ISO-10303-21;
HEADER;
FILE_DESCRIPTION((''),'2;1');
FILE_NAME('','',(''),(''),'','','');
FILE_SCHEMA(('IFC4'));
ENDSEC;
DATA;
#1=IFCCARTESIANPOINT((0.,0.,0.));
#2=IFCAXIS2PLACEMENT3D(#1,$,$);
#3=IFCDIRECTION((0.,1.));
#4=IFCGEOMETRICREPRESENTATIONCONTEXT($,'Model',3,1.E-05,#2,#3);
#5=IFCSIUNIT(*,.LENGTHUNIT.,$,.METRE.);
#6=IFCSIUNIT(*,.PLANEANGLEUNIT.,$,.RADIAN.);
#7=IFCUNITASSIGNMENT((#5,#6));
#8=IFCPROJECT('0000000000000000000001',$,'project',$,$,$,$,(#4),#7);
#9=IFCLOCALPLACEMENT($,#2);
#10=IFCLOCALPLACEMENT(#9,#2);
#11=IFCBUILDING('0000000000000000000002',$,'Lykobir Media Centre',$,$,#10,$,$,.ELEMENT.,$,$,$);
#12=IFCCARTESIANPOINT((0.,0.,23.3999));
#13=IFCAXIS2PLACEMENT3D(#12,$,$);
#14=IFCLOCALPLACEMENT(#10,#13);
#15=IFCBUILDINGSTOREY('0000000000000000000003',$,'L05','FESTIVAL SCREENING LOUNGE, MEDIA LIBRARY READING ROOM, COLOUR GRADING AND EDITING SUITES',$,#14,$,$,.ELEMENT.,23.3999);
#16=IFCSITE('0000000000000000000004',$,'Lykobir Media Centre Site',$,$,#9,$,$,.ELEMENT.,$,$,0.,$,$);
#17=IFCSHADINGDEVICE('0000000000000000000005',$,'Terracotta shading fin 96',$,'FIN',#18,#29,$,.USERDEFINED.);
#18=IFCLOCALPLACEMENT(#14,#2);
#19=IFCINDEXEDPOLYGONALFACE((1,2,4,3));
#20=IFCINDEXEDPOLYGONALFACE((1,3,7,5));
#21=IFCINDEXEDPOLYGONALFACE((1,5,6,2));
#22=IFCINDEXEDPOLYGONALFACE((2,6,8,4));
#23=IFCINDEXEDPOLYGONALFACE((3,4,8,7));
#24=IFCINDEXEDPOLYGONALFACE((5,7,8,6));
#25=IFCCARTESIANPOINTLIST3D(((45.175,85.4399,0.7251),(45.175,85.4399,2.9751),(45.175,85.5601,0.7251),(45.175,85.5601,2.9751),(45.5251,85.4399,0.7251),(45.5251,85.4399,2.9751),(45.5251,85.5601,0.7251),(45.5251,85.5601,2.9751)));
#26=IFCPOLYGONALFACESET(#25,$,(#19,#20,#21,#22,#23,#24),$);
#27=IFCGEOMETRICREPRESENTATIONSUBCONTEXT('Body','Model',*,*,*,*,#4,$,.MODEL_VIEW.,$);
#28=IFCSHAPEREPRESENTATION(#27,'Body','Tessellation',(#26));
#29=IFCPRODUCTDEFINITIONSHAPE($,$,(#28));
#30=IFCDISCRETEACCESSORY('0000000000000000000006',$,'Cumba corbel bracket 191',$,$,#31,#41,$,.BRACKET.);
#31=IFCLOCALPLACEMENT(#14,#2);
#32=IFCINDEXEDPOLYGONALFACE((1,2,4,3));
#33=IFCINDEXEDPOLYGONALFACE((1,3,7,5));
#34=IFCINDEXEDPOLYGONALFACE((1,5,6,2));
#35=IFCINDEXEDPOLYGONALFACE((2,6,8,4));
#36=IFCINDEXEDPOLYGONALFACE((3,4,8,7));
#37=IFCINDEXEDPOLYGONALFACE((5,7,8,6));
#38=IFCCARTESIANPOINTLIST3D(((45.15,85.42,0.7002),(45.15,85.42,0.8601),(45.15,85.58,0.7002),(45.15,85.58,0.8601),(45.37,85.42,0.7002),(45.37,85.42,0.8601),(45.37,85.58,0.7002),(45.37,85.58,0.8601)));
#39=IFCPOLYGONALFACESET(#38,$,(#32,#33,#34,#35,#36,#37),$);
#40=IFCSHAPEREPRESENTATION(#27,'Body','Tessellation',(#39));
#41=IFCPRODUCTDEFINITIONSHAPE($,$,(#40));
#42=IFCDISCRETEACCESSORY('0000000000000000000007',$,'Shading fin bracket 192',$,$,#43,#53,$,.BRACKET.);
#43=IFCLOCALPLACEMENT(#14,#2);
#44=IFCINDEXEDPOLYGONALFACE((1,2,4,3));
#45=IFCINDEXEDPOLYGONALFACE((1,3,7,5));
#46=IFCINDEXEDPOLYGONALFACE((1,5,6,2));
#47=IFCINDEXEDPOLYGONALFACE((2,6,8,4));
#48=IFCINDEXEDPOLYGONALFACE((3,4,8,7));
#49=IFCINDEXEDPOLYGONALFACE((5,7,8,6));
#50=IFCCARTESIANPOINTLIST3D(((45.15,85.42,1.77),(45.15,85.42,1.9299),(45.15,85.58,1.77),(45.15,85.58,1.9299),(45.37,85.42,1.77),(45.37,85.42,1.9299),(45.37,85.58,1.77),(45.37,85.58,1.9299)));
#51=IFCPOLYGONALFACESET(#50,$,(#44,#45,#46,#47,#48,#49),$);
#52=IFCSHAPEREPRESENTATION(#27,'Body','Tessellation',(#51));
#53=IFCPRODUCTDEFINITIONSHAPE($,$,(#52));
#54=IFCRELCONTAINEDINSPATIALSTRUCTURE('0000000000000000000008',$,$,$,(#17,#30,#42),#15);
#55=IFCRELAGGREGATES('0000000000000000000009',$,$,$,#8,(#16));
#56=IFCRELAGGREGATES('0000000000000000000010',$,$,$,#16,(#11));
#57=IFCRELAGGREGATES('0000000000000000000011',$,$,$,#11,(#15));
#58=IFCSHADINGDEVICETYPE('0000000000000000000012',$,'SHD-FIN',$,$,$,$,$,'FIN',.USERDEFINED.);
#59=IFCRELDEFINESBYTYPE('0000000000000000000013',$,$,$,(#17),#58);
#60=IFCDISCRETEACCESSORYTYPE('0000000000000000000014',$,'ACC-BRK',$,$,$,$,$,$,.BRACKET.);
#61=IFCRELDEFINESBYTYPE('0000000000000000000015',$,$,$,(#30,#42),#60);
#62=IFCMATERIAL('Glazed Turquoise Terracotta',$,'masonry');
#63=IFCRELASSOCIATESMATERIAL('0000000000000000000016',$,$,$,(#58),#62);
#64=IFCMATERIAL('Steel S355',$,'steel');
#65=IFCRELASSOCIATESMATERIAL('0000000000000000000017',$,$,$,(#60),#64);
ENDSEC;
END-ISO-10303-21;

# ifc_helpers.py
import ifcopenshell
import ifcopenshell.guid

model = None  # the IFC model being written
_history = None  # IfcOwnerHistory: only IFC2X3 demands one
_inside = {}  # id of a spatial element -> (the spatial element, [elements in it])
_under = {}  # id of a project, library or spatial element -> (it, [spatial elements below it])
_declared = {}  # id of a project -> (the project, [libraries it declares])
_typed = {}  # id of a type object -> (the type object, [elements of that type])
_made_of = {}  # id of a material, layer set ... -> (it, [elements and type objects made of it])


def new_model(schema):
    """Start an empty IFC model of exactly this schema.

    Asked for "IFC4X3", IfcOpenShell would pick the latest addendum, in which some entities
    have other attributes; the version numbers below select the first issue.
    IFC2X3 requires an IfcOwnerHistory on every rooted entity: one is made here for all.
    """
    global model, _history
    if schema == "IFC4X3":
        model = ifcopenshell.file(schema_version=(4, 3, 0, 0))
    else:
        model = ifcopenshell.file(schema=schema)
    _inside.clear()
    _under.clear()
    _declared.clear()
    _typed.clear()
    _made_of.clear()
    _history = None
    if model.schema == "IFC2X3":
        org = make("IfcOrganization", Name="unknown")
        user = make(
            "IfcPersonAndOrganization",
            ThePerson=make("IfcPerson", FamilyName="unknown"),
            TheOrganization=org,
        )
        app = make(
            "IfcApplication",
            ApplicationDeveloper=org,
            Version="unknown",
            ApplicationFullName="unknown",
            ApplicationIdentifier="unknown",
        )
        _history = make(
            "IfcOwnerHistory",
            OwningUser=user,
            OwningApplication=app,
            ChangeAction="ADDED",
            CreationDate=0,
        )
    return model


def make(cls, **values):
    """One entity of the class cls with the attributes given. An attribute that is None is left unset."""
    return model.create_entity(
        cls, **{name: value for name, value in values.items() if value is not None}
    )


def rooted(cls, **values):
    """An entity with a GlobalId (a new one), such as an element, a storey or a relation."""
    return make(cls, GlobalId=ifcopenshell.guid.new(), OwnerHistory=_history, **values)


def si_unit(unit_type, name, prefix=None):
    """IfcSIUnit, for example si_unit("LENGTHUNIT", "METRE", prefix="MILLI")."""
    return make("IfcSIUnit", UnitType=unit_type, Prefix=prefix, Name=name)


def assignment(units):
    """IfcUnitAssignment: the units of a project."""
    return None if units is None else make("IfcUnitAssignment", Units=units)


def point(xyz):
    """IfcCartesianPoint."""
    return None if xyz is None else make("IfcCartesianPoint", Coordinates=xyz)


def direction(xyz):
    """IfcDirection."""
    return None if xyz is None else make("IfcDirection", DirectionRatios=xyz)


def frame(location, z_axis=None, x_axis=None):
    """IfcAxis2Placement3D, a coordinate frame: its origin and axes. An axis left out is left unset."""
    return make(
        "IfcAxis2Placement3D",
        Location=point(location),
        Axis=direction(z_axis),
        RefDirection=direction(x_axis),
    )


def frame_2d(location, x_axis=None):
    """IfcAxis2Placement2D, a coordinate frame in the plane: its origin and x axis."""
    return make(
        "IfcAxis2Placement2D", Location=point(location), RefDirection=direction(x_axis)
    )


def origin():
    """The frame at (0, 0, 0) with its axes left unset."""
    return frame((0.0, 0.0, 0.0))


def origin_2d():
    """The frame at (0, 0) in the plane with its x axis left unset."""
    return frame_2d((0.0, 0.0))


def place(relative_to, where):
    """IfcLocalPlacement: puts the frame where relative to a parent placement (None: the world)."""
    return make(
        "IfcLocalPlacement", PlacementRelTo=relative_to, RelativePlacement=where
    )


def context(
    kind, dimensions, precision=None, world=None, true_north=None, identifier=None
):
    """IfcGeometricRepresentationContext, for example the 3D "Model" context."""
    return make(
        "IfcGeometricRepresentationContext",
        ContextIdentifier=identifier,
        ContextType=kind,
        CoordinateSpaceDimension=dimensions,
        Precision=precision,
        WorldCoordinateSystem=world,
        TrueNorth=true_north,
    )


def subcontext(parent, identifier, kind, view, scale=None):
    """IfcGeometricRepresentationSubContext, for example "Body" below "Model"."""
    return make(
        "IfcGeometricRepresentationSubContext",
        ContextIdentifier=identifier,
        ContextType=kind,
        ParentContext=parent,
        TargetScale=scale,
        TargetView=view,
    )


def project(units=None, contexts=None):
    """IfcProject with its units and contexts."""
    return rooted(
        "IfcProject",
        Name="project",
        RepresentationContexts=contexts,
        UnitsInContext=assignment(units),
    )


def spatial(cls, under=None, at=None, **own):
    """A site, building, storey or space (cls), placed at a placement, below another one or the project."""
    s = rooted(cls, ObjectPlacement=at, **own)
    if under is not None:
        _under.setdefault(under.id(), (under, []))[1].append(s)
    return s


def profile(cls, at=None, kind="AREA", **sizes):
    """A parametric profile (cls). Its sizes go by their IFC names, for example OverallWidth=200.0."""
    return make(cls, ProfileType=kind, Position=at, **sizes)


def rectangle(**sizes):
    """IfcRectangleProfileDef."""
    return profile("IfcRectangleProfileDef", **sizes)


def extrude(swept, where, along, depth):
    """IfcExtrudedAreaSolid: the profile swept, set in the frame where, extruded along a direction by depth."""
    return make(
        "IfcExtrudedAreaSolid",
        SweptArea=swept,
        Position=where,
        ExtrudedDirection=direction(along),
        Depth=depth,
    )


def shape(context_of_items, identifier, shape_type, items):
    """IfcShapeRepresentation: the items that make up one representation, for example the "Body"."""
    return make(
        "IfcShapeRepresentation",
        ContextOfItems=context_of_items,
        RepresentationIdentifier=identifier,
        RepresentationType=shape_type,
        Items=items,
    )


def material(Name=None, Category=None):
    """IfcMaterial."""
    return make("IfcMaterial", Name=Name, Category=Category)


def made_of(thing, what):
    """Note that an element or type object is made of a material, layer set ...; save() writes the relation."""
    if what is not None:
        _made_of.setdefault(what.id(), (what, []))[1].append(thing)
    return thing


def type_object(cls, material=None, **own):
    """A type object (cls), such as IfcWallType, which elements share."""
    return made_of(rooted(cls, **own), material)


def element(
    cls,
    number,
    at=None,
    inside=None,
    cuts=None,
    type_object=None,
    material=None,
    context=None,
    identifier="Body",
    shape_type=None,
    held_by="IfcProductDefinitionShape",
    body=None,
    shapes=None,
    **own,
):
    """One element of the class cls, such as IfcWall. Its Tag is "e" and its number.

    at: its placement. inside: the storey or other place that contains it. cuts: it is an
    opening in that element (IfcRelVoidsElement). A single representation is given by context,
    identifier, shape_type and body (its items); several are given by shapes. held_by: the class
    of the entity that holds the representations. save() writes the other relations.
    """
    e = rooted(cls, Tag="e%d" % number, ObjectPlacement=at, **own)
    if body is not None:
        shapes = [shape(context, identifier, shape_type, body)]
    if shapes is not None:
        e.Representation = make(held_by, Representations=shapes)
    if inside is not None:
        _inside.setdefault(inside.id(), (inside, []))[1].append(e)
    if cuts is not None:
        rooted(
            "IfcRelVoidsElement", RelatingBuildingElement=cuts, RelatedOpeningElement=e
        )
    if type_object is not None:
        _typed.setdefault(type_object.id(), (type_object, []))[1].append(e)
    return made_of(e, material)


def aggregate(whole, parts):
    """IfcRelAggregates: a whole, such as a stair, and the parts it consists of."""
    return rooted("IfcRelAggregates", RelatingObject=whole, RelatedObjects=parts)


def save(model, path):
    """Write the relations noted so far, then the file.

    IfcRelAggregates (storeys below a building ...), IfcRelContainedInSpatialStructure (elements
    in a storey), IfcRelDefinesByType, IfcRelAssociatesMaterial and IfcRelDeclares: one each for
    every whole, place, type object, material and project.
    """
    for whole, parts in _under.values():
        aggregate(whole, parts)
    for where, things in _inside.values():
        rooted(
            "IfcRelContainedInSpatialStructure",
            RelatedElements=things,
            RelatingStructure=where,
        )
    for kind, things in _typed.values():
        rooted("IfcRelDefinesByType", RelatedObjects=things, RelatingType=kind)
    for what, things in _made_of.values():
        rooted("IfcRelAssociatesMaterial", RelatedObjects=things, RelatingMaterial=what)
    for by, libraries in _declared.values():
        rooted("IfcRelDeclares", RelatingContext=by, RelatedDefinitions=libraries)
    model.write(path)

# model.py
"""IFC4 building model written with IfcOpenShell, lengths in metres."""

from ifc_helpers import new_model, si_unit, direction, frame, origin, origin_2d, place, context, subcontext, project, spatial, rectangle, extrude, material, type_object, element, save


model = new_model("IFC4")

# Units and contexts
model_context = context("Model", 3, precision=1e-05, world=origin(), true_north=direction((0.0, 1.0)))
body_context = subcontext(model_context, "Body", "Model", "MODEL_VIEW")
ifc_project = project(units=[si_unit("LENGTHUNIT", "METRE"), si_unit("PLANEANGLEUNIT", "RADIAN")], contexts=[model_context])

# Site, building, storey
site_placement = place(None, origin())
site = spatial("IfcSite", under=ifc_project, at=site_placement, Name="Lykobir Media Centre Site", CompositionType="ELEMENT", RefElevation=0.0)
building_placement = place(site_placement, origin())
building = spatial("IfcBuilding", under=site, at=building_placement, Name="Lykobir Media Centre", CompositionType="ELEMENT")
storey_placement = place(building_placement, frame((0.0, 0.0, 23.3999)))
storey = spatial("IfcBuildingStorey", under=building, at=storey_placement, Name="L05", Description="FESTIVAL SCREENING LOUNGE, MEDIA LIBRARY READING ROOM, COLOUR GRADING AND EDITING SUITES", CompositionType="ELEMENT", Elevation=23.3999)

# Shared definitions
ifc_material_1 = material(Name="Glazed Turquoise Terracotta", Category="masonry")

# Shading device
shading_device_type = type_object("IfcShadingDeviceType", Name="SHD-FIN", ElementType="FIN", PredefinedType="USERDEFINED", material=ifc_material_1)
shading_device_placement = place(storey_placement, frame((45.3501, 85.5, 0.7251), z_axis=(0.0, 0.0, 1.0), x_axis=(0.0, 1.0, 0.0)))
element("IfcShadingDevice", 1, at=shading_device_placement, inside=storey, type_object=shading_device_type, Name="Terracotta shading fin 96", ObjectType="FIN", PredefinedType="USERDEFINED", context=body_context, shape_type="SweptSolid", body=[
    extrude(rectangle(XDim=0.1201, YDim=0.3501, at=origin_2d()), origin(), (0.0, 0.0, 1.0), 2.25),
])

# Discrete accessories
ifc_material_2 = material(Name="Steel S355", Category="steel")
discrete_accessory_type = type_object("IfcDiscreteAccessoryType", Name="ACC-BRK", PredefinedType="BRACKET", material=ifc_material_2)
for number, where, z_axis, x_axis, name in (
    (2, (45.26, 85.5, 0.7002), (0.0, 0.0, 1.0), (0.0, 1.0, 0.0), "Cumba corbel bracket 191"),
    (3, (45.26, 85.5, 1.77), (0.0, 0.0, 1.0), (0.0, 1.0, 0.0), "Shading fin bracket 192"),
):
    element("IfcDiscreteAccessory", number, at=place(storey_placement, frame(where, z_axis=z_axis, x_axis=x_axis)), inside=storey, type_object=discrete_accessory_type, Name=name, PredefinedType="BRACKET", context=body_context, shape_type="SweptSolid", body=[
        extrude(rectangle(XDim=0.1599, YDim=0.22, at=origin_2d()), origin(), (0.0, 0.0, 1.0), 0.1599),
    ])

save(model, "model.ifc")
